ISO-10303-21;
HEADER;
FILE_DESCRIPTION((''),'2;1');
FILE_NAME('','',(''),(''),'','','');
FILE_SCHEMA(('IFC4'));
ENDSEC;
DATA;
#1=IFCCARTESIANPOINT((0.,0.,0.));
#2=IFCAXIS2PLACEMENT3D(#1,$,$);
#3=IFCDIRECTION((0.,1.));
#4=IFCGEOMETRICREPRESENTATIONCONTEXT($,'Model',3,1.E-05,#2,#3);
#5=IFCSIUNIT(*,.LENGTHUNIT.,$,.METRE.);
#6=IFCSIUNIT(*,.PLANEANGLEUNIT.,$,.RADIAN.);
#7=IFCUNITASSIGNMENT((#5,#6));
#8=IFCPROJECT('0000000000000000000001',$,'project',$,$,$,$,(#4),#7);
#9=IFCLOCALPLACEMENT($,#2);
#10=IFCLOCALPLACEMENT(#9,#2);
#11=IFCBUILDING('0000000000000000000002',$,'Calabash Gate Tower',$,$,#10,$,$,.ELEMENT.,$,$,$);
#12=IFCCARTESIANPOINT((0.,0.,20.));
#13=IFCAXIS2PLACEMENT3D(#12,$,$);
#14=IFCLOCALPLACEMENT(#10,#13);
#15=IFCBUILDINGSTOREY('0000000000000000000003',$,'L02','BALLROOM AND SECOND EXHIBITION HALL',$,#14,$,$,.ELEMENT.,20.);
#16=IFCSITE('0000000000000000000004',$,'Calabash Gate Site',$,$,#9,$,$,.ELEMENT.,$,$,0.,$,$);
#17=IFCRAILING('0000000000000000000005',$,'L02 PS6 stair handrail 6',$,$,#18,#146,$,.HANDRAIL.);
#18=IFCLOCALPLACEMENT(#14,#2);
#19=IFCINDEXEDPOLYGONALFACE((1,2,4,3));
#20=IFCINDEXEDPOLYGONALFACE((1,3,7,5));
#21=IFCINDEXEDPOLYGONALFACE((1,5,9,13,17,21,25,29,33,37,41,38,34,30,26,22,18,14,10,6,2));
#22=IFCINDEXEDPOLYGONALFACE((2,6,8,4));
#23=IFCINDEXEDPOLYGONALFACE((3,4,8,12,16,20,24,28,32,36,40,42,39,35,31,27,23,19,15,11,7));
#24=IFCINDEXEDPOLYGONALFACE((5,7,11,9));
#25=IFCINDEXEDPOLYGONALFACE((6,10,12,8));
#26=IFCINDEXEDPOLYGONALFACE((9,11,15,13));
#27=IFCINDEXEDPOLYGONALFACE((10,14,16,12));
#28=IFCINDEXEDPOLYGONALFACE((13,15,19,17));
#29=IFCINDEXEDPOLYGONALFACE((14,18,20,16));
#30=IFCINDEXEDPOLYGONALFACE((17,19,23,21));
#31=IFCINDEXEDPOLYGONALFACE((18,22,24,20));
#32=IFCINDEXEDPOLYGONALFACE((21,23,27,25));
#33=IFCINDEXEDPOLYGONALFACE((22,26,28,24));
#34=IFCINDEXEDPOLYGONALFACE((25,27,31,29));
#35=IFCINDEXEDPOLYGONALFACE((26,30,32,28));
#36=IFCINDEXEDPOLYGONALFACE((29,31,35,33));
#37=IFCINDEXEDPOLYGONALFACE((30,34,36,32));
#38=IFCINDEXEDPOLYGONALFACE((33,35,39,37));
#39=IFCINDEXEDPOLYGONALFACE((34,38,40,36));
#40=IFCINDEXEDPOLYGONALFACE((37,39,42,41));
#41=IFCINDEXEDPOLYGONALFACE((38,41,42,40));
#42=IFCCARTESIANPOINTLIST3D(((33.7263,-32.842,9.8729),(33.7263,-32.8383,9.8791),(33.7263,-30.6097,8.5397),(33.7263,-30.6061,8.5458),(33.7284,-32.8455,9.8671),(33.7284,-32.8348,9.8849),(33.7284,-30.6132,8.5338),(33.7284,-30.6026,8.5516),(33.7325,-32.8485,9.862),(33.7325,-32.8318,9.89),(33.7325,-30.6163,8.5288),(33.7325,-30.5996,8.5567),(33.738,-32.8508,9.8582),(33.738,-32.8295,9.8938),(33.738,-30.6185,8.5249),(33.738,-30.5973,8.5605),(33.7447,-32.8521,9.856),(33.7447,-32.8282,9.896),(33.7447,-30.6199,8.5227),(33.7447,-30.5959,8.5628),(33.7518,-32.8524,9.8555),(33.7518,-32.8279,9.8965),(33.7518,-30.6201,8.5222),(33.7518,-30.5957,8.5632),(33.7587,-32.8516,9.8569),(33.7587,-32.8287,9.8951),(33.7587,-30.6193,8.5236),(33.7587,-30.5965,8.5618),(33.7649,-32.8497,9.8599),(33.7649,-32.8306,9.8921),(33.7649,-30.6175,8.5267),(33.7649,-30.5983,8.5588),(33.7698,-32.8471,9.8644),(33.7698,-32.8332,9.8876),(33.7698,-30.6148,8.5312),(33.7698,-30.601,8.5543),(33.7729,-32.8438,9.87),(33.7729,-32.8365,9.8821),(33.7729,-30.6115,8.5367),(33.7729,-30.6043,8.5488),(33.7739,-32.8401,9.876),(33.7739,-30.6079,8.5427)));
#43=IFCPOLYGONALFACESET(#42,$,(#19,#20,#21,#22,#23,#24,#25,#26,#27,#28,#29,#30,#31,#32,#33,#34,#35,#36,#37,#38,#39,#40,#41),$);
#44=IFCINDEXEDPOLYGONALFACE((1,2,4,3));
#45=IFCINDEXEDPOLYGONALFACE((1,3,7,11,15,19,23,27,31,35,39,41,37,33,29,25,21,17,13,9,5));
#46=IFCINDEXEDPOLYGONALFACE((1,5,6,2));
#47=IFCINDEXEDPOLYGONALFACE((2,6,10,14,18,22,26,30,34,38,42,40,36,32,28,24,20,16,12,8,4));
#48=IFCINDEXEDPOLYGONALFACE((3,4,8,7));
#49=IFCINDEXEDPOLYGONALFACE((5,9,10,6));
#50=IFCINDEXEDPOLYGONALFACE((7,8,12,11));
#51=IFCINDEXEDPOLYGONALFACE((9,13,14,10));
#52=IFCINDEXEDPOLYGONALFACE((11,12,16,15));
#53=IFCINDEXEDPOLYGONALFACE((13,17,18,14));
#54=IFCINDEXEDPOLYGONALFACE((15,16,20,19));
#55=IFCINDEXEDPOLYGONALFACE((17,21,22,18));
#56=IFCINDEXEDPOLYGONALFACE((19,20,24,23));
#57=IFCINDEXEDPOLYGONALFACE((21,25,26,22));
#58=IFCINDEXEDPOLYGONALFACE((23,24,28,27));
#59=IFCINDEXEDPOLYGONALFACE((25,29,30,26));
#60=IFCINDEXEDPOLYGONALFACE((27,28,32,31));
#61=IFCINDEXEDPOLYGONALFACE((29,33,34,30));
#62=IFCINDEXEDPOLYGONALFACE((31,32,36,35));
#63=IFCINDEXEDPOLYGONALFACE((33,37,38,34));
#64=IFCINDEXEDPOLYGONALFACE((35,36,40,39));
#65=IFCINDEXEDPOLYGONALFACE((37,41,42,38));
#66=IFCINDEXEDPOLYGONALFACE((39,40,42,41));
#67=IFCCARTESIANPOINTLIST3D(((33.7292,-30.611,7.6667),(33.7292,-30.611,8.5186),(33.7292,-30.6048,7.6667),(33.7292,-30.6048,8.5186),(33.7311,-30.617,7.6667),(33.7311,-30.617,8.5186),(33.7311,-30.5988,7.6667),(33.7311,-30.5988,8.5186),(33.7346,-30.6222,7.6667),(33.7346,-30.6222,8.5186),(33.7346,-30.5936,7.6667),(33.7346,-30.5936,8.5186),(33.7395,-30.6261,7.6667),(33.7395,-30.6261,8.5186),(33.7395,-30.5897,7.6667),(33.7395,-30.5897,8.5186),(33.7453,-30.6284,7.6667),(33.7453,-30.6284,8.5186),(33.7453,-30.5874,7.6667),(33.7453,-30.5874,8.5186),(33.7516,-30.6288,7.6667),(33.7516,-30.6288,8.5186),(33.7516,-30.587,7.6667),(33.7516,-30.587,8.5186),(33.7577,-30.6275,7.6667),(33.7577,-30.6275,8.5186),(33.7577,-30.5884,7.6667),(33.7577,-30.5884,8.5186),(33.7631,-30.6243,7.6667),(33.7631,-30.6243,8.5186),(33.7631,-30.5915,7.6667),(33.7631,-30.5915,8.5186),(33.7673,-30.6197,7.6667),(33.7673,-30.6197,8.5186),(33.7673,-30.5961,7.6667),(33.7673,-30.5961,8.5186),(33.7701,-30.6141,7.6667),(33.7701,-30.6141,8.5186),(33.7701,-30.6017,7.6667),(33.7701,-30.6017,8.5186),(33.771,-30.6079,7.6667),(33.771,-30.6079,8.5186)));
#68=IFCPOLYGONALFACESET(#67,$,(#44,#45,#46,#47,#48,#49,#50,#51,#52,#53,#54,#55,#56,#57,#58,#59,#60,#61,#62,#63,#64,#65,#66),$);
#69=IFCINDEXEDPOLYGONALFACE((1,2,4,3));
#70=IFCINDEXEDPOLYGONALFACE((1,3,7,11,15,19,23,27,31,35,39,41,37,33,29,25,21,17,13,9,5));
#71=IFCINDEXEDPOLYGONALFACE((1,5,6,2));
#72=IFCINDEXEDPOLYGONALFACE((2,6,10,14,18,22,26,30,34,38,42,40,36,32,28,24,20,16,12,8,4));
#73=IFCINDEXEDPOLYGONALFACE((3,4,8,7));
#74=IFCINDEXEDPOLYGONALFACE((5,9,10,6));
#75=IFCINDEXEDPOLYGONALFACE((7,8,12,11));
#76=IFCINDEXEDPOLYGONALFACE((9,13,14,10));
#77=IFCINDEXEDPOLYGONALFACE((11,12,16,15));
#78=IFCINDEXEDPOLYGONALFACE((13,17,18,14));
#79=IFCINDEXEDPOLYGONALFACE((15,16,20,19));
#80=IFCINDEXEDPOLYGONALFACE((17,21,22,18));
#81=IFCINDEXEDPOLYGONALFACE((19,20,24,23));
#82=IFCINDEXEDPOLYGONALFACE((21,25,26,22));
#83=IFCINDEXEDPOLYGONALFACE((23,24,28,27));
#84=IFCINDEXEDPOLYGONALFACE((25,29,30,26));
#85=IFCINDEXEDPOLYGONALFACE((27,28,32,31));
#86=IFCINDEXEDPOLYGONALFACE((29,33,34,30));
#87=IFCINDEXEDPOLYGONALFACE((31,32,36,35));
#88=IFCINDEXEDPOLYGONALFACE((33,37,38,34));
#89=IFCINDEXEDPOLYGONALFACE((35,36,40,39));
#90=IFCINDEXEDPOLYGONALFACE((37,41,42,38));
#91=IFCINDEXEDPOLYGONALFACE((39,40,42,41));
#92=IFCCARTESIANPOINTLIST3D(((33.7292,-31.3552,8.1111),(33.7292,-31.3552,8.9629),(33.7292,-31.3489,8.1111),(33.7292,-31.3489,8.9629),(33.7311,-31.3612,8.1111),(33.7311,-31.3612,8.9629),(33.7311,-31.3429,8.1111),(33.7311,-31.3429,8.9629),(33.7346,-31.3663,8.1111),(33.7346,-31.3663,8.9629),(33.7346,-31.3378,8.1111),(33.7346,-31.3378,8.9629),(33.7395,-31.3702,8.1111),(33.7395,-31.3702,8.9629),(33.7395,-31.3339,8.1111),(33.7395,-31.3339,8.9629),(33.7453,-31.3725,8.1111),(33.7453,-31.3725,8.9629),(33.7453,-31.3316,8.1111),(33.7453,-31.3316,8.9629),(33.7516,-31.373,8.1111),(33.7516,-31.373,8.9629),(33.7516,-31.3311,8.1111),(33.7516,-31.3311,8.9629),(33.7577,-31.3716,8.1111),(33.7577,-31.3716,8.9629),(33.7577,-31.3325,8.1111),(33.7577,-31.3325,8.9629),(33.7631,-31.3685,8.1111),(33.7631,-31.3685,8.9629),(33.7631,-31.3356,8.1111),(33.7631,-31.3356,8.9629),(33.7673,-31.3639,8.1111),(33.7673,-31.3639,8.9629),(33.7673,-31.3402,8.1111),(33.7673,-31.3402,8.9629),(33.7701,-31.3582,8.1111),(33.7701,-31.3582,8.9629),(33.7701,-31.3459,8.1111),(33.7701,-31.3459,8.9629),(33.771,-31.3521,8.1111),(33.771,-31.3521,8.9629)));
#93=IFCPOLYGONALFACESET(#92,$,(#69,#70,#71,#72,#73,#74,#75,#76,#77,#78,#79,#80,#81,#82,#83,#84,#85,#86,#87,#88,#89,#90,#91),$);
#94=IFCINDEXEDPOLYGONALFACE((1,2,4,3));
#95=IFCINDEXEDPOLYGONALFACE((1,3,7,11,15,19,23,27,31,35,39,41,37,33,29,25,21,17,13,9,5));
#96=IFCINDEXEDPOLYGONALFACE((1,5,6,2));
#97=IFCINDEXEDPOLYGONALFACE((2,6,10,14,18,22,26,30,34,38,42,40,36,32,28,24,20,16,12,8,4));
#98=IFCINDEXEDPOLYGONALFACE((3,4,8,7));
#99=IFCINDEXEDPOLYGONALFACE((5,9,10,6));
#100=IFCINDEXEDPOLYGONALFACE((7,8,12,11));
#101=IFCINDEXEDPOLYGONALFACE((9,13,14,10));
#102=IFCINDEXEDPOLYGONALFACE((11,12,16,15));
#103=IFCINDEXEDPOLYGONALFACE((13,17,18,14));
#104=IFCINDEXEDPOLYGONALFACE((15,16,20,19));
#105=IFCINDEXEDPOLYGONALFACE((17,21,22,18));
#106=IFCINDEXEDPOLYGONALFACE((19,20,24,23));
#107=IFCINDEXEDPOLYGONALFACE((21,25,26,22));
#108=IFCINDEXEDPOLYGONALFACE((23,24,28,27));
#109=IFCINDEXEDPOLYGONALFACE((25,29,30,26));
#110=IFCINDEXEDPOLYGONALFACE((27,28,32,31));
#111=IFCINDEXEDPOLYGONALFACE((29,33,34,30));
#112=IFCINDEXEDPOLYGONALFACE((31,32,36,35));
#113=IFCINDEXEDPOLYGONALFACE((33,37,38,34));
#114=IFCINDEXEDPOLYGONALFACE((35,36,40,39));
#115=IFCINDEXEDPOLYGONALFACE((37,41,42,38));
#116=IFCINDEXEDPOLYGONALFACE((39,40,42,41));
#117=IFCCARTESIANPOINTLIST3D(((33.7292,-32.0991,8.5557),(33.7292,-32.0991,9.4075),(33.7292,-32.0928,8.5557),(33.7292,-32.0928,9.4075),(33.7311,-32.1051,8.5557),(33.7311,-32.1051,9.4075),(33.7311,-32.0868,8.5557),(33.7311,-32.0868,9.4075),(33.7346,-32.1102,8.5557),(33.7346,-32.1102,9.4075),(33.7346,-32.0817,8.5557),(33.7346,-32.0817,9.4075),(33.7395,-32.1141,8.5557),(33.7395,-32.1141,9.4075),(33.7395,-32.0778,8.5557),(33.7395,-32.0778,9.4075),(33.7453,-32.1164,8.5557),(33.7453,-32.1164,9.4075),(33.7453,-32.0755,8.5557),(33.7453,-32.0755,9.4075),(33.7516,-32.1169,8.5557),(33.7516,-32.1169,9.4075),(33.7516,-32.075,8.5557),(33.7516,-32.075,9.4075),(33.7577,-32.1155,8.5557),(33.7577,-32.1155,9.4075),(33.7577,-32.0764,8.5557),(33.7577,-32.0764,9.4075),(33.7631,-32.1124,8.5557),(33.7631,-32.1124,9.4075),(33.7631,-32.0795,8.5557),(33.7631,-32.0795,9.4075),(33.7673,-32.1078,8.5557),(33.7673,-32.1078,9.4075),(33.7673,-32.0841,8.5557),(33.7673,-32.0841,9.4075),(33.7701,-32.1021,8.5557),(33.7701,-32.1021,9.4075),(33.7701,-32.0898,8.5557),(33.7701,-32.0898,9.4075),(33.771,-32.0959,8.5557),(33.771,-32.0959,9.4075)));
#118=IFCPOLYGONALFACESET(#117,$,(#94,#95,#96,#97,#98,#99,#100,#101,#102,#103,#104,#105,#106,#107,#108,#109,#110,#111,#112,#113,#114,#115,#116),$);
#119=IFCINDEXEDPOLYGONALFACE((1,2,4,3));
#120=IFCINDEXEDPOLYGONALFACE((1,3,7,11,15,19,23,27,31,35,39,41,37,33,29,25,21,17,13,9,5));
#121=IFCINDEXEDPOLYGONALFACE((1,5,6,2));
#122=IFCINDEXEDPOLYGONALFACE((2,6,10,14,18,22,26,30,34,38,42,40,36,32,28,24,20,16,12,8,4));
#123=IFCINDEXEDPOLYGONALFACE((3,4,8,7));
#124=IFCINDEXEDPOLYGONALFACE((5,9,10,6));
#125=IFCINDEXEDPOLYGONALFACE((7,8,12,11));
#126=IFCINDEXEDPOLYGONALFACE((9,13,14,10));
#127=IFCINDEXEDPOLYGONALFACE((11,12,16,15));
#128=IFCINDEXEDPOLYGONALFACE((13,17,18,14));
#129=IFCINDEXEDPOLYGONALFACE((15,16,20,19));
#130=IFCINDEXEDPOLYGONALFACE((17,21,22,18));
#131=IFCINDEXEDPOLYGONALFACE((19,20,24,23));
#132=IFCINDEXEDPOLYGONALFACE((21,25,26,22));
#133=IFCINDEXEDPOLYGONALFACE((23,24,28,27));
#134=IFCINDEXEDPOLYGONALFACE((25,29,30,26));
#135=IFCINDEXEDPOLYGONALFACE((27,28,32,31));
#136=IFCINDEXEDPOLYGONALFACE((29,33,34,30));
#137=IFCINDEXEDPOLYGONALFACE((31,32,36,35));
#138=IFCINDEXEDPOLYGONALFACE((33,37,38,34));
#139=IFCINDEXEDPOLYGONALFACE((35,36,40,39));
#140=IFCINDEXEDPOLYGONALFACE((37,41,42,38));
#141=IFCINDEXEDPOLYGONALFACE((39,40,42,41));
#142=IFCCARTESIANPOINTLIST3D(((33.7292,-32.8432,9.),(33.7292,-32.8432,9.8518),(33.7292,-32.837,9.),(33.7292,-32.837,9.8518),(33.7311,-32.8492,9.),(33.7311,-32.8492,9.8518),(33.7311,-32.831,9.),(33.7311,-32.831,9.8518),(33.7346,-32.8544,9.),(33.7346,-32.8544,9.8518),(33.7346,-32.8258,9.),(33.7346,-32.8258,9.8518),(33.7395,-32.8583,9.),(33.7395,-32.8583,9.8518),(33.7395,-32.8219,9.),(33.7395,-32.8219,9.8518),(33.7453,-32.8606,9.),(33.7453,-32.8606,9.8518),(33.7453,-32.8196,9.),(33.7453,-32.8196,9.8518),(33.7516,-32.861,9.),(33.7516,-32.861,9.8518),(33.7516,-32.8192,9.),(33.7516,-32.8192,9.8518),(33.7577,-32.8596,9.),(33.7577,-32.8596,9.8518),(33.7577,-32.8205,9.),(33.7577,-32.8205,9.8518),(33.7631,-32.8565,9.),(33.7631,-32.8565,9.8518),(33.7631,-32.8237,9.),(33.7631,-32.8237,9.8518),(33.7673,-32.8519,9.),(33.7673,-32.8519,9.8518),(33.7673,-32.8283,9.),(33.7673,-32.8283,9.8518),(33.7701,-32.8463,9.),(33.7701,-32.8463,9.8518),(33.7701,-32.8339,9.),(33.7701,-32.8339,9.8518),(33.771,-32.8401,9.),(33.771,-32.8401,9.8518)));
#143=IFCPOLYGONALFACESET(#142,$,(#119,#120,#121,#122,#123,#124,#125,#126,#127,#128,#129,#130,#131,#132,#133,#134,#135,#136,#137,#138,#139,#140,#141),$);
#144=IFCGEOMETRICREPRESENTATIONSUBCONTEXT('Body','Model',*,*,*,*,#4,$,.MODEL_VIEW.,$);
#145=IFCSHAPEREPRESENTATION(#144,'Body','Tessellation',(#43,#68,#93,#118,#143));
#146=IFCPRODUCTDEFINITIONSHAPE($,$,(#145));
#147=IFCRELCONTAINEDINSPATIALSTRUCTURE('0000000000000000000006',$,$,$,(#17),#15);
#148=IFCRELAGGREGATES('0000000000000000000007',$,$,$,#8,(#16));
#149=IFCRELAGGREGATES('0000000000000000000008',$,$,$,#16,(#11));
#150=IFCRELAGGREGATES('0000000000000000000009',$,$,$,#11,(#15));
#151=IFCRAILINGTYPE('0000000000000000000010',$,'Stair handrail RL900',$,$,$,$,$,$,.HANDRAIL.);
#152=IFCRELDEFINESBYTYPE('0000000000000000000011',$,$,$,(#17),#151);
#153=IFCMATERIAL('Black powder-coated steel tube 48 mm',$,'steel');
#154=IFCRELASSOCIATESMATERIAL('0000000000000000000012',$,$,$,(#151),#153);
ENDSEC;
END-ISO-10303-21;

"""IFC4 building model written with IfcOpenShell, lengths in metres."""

from ifc_helpers import new_model, si_unit, direction, frame, origin, origin_2d, place, context, subcontext, project, spatial, circle, extrude, material, type_object, element, save


model = new_model("IFC4")

# Units and contexts
model_context = context("Model", 3, precision=1e-05, world=origin(), true_north=direction((0.0, 1.0)))
body_context = subcontext(model_context, "Body", "Model", "MODEL_VIEW")
ifc_project = project(units=[si_unit("LENGTHUNIT", "METRE"), si_unit("PLANEANGLEUNIT", "RADIAN")], contexts=[model_context])

# Site, building, storey
site_placement = place(None, origin())
site = spatial("IfcSite", under=ifc_project, at=site_placement, Name="Calabash Gate Site", CompositionType="ELEMENT", RefElevation=0.0)
building_placement = place(site_placement, origin())
building = spatial("IfcBuilding", under=site, at=building_placement, Name="Calabash Gate Tower", CompositionType="ELEMENT")
storey_placement = place(building_placement, frame((0.0, 0.0, 20.0)))
storey = spatial("IfcBuildingStorey", under=building, at=storey_placement, Name="L02", Description="BALLROOM AND SECOND EXHIBITION HALL", CompositionType="ELEMENT", Elevation=20.0)

# Railing
ifc_material_1 = material(Name="Black powder-coated steel tube 48 mm", Category="steel")
railing_type_1 = type_object("IfcRailingType", Name="Stair handrail RL900", PredefinedType="HANDRAIL", material=ifc_material_1)
for number, where, name in (
    (1, (33.75, -30.6079, 7.6667), "L02 PS6 stair handrail 6"),
):
    element("IfcRailing", number, at=place(storey_placement, frame(where)), inside=storey, type_object=railing_type_1, Name=name, PredefinedType="HANDRAIL", context=body_context, shape_type="SweptSolid", body=[
        extrude(circle(Radius=0.0239, at=origin_2d()), frame((0.0, 0.0, 0.876), z_axis=(0.0, -0.858519, 0.512782), x_axis=(1.0, 0.0, 0.0)), (0.0, 0.0, 1.0), 2.6001),
        extrude(circle(Radius=0.021, at=origin_2d()), origin(), (0.0, 0.0, 1.0), 0.8518),
        extrude(circle(Radius=0.021, at=origin_2d()), frame((0.0, -0.7441, 0.4443)), (0.0, 0.0, 1.0), 0.8518),
        extrude(circle(Radius=0.021, at=origin_2d()), frame((0.0, -1.488, 0.8889)), (0.0, 0.0, 1.0), 0.8518),
        extrude(circle(Radius=0.021, at=origin_2d()), frame((0.0, -2.2322, 1.3333)), (0.0, 0.0, 1.0), 0.8518),
    ])

save(model, "model.ifc")
